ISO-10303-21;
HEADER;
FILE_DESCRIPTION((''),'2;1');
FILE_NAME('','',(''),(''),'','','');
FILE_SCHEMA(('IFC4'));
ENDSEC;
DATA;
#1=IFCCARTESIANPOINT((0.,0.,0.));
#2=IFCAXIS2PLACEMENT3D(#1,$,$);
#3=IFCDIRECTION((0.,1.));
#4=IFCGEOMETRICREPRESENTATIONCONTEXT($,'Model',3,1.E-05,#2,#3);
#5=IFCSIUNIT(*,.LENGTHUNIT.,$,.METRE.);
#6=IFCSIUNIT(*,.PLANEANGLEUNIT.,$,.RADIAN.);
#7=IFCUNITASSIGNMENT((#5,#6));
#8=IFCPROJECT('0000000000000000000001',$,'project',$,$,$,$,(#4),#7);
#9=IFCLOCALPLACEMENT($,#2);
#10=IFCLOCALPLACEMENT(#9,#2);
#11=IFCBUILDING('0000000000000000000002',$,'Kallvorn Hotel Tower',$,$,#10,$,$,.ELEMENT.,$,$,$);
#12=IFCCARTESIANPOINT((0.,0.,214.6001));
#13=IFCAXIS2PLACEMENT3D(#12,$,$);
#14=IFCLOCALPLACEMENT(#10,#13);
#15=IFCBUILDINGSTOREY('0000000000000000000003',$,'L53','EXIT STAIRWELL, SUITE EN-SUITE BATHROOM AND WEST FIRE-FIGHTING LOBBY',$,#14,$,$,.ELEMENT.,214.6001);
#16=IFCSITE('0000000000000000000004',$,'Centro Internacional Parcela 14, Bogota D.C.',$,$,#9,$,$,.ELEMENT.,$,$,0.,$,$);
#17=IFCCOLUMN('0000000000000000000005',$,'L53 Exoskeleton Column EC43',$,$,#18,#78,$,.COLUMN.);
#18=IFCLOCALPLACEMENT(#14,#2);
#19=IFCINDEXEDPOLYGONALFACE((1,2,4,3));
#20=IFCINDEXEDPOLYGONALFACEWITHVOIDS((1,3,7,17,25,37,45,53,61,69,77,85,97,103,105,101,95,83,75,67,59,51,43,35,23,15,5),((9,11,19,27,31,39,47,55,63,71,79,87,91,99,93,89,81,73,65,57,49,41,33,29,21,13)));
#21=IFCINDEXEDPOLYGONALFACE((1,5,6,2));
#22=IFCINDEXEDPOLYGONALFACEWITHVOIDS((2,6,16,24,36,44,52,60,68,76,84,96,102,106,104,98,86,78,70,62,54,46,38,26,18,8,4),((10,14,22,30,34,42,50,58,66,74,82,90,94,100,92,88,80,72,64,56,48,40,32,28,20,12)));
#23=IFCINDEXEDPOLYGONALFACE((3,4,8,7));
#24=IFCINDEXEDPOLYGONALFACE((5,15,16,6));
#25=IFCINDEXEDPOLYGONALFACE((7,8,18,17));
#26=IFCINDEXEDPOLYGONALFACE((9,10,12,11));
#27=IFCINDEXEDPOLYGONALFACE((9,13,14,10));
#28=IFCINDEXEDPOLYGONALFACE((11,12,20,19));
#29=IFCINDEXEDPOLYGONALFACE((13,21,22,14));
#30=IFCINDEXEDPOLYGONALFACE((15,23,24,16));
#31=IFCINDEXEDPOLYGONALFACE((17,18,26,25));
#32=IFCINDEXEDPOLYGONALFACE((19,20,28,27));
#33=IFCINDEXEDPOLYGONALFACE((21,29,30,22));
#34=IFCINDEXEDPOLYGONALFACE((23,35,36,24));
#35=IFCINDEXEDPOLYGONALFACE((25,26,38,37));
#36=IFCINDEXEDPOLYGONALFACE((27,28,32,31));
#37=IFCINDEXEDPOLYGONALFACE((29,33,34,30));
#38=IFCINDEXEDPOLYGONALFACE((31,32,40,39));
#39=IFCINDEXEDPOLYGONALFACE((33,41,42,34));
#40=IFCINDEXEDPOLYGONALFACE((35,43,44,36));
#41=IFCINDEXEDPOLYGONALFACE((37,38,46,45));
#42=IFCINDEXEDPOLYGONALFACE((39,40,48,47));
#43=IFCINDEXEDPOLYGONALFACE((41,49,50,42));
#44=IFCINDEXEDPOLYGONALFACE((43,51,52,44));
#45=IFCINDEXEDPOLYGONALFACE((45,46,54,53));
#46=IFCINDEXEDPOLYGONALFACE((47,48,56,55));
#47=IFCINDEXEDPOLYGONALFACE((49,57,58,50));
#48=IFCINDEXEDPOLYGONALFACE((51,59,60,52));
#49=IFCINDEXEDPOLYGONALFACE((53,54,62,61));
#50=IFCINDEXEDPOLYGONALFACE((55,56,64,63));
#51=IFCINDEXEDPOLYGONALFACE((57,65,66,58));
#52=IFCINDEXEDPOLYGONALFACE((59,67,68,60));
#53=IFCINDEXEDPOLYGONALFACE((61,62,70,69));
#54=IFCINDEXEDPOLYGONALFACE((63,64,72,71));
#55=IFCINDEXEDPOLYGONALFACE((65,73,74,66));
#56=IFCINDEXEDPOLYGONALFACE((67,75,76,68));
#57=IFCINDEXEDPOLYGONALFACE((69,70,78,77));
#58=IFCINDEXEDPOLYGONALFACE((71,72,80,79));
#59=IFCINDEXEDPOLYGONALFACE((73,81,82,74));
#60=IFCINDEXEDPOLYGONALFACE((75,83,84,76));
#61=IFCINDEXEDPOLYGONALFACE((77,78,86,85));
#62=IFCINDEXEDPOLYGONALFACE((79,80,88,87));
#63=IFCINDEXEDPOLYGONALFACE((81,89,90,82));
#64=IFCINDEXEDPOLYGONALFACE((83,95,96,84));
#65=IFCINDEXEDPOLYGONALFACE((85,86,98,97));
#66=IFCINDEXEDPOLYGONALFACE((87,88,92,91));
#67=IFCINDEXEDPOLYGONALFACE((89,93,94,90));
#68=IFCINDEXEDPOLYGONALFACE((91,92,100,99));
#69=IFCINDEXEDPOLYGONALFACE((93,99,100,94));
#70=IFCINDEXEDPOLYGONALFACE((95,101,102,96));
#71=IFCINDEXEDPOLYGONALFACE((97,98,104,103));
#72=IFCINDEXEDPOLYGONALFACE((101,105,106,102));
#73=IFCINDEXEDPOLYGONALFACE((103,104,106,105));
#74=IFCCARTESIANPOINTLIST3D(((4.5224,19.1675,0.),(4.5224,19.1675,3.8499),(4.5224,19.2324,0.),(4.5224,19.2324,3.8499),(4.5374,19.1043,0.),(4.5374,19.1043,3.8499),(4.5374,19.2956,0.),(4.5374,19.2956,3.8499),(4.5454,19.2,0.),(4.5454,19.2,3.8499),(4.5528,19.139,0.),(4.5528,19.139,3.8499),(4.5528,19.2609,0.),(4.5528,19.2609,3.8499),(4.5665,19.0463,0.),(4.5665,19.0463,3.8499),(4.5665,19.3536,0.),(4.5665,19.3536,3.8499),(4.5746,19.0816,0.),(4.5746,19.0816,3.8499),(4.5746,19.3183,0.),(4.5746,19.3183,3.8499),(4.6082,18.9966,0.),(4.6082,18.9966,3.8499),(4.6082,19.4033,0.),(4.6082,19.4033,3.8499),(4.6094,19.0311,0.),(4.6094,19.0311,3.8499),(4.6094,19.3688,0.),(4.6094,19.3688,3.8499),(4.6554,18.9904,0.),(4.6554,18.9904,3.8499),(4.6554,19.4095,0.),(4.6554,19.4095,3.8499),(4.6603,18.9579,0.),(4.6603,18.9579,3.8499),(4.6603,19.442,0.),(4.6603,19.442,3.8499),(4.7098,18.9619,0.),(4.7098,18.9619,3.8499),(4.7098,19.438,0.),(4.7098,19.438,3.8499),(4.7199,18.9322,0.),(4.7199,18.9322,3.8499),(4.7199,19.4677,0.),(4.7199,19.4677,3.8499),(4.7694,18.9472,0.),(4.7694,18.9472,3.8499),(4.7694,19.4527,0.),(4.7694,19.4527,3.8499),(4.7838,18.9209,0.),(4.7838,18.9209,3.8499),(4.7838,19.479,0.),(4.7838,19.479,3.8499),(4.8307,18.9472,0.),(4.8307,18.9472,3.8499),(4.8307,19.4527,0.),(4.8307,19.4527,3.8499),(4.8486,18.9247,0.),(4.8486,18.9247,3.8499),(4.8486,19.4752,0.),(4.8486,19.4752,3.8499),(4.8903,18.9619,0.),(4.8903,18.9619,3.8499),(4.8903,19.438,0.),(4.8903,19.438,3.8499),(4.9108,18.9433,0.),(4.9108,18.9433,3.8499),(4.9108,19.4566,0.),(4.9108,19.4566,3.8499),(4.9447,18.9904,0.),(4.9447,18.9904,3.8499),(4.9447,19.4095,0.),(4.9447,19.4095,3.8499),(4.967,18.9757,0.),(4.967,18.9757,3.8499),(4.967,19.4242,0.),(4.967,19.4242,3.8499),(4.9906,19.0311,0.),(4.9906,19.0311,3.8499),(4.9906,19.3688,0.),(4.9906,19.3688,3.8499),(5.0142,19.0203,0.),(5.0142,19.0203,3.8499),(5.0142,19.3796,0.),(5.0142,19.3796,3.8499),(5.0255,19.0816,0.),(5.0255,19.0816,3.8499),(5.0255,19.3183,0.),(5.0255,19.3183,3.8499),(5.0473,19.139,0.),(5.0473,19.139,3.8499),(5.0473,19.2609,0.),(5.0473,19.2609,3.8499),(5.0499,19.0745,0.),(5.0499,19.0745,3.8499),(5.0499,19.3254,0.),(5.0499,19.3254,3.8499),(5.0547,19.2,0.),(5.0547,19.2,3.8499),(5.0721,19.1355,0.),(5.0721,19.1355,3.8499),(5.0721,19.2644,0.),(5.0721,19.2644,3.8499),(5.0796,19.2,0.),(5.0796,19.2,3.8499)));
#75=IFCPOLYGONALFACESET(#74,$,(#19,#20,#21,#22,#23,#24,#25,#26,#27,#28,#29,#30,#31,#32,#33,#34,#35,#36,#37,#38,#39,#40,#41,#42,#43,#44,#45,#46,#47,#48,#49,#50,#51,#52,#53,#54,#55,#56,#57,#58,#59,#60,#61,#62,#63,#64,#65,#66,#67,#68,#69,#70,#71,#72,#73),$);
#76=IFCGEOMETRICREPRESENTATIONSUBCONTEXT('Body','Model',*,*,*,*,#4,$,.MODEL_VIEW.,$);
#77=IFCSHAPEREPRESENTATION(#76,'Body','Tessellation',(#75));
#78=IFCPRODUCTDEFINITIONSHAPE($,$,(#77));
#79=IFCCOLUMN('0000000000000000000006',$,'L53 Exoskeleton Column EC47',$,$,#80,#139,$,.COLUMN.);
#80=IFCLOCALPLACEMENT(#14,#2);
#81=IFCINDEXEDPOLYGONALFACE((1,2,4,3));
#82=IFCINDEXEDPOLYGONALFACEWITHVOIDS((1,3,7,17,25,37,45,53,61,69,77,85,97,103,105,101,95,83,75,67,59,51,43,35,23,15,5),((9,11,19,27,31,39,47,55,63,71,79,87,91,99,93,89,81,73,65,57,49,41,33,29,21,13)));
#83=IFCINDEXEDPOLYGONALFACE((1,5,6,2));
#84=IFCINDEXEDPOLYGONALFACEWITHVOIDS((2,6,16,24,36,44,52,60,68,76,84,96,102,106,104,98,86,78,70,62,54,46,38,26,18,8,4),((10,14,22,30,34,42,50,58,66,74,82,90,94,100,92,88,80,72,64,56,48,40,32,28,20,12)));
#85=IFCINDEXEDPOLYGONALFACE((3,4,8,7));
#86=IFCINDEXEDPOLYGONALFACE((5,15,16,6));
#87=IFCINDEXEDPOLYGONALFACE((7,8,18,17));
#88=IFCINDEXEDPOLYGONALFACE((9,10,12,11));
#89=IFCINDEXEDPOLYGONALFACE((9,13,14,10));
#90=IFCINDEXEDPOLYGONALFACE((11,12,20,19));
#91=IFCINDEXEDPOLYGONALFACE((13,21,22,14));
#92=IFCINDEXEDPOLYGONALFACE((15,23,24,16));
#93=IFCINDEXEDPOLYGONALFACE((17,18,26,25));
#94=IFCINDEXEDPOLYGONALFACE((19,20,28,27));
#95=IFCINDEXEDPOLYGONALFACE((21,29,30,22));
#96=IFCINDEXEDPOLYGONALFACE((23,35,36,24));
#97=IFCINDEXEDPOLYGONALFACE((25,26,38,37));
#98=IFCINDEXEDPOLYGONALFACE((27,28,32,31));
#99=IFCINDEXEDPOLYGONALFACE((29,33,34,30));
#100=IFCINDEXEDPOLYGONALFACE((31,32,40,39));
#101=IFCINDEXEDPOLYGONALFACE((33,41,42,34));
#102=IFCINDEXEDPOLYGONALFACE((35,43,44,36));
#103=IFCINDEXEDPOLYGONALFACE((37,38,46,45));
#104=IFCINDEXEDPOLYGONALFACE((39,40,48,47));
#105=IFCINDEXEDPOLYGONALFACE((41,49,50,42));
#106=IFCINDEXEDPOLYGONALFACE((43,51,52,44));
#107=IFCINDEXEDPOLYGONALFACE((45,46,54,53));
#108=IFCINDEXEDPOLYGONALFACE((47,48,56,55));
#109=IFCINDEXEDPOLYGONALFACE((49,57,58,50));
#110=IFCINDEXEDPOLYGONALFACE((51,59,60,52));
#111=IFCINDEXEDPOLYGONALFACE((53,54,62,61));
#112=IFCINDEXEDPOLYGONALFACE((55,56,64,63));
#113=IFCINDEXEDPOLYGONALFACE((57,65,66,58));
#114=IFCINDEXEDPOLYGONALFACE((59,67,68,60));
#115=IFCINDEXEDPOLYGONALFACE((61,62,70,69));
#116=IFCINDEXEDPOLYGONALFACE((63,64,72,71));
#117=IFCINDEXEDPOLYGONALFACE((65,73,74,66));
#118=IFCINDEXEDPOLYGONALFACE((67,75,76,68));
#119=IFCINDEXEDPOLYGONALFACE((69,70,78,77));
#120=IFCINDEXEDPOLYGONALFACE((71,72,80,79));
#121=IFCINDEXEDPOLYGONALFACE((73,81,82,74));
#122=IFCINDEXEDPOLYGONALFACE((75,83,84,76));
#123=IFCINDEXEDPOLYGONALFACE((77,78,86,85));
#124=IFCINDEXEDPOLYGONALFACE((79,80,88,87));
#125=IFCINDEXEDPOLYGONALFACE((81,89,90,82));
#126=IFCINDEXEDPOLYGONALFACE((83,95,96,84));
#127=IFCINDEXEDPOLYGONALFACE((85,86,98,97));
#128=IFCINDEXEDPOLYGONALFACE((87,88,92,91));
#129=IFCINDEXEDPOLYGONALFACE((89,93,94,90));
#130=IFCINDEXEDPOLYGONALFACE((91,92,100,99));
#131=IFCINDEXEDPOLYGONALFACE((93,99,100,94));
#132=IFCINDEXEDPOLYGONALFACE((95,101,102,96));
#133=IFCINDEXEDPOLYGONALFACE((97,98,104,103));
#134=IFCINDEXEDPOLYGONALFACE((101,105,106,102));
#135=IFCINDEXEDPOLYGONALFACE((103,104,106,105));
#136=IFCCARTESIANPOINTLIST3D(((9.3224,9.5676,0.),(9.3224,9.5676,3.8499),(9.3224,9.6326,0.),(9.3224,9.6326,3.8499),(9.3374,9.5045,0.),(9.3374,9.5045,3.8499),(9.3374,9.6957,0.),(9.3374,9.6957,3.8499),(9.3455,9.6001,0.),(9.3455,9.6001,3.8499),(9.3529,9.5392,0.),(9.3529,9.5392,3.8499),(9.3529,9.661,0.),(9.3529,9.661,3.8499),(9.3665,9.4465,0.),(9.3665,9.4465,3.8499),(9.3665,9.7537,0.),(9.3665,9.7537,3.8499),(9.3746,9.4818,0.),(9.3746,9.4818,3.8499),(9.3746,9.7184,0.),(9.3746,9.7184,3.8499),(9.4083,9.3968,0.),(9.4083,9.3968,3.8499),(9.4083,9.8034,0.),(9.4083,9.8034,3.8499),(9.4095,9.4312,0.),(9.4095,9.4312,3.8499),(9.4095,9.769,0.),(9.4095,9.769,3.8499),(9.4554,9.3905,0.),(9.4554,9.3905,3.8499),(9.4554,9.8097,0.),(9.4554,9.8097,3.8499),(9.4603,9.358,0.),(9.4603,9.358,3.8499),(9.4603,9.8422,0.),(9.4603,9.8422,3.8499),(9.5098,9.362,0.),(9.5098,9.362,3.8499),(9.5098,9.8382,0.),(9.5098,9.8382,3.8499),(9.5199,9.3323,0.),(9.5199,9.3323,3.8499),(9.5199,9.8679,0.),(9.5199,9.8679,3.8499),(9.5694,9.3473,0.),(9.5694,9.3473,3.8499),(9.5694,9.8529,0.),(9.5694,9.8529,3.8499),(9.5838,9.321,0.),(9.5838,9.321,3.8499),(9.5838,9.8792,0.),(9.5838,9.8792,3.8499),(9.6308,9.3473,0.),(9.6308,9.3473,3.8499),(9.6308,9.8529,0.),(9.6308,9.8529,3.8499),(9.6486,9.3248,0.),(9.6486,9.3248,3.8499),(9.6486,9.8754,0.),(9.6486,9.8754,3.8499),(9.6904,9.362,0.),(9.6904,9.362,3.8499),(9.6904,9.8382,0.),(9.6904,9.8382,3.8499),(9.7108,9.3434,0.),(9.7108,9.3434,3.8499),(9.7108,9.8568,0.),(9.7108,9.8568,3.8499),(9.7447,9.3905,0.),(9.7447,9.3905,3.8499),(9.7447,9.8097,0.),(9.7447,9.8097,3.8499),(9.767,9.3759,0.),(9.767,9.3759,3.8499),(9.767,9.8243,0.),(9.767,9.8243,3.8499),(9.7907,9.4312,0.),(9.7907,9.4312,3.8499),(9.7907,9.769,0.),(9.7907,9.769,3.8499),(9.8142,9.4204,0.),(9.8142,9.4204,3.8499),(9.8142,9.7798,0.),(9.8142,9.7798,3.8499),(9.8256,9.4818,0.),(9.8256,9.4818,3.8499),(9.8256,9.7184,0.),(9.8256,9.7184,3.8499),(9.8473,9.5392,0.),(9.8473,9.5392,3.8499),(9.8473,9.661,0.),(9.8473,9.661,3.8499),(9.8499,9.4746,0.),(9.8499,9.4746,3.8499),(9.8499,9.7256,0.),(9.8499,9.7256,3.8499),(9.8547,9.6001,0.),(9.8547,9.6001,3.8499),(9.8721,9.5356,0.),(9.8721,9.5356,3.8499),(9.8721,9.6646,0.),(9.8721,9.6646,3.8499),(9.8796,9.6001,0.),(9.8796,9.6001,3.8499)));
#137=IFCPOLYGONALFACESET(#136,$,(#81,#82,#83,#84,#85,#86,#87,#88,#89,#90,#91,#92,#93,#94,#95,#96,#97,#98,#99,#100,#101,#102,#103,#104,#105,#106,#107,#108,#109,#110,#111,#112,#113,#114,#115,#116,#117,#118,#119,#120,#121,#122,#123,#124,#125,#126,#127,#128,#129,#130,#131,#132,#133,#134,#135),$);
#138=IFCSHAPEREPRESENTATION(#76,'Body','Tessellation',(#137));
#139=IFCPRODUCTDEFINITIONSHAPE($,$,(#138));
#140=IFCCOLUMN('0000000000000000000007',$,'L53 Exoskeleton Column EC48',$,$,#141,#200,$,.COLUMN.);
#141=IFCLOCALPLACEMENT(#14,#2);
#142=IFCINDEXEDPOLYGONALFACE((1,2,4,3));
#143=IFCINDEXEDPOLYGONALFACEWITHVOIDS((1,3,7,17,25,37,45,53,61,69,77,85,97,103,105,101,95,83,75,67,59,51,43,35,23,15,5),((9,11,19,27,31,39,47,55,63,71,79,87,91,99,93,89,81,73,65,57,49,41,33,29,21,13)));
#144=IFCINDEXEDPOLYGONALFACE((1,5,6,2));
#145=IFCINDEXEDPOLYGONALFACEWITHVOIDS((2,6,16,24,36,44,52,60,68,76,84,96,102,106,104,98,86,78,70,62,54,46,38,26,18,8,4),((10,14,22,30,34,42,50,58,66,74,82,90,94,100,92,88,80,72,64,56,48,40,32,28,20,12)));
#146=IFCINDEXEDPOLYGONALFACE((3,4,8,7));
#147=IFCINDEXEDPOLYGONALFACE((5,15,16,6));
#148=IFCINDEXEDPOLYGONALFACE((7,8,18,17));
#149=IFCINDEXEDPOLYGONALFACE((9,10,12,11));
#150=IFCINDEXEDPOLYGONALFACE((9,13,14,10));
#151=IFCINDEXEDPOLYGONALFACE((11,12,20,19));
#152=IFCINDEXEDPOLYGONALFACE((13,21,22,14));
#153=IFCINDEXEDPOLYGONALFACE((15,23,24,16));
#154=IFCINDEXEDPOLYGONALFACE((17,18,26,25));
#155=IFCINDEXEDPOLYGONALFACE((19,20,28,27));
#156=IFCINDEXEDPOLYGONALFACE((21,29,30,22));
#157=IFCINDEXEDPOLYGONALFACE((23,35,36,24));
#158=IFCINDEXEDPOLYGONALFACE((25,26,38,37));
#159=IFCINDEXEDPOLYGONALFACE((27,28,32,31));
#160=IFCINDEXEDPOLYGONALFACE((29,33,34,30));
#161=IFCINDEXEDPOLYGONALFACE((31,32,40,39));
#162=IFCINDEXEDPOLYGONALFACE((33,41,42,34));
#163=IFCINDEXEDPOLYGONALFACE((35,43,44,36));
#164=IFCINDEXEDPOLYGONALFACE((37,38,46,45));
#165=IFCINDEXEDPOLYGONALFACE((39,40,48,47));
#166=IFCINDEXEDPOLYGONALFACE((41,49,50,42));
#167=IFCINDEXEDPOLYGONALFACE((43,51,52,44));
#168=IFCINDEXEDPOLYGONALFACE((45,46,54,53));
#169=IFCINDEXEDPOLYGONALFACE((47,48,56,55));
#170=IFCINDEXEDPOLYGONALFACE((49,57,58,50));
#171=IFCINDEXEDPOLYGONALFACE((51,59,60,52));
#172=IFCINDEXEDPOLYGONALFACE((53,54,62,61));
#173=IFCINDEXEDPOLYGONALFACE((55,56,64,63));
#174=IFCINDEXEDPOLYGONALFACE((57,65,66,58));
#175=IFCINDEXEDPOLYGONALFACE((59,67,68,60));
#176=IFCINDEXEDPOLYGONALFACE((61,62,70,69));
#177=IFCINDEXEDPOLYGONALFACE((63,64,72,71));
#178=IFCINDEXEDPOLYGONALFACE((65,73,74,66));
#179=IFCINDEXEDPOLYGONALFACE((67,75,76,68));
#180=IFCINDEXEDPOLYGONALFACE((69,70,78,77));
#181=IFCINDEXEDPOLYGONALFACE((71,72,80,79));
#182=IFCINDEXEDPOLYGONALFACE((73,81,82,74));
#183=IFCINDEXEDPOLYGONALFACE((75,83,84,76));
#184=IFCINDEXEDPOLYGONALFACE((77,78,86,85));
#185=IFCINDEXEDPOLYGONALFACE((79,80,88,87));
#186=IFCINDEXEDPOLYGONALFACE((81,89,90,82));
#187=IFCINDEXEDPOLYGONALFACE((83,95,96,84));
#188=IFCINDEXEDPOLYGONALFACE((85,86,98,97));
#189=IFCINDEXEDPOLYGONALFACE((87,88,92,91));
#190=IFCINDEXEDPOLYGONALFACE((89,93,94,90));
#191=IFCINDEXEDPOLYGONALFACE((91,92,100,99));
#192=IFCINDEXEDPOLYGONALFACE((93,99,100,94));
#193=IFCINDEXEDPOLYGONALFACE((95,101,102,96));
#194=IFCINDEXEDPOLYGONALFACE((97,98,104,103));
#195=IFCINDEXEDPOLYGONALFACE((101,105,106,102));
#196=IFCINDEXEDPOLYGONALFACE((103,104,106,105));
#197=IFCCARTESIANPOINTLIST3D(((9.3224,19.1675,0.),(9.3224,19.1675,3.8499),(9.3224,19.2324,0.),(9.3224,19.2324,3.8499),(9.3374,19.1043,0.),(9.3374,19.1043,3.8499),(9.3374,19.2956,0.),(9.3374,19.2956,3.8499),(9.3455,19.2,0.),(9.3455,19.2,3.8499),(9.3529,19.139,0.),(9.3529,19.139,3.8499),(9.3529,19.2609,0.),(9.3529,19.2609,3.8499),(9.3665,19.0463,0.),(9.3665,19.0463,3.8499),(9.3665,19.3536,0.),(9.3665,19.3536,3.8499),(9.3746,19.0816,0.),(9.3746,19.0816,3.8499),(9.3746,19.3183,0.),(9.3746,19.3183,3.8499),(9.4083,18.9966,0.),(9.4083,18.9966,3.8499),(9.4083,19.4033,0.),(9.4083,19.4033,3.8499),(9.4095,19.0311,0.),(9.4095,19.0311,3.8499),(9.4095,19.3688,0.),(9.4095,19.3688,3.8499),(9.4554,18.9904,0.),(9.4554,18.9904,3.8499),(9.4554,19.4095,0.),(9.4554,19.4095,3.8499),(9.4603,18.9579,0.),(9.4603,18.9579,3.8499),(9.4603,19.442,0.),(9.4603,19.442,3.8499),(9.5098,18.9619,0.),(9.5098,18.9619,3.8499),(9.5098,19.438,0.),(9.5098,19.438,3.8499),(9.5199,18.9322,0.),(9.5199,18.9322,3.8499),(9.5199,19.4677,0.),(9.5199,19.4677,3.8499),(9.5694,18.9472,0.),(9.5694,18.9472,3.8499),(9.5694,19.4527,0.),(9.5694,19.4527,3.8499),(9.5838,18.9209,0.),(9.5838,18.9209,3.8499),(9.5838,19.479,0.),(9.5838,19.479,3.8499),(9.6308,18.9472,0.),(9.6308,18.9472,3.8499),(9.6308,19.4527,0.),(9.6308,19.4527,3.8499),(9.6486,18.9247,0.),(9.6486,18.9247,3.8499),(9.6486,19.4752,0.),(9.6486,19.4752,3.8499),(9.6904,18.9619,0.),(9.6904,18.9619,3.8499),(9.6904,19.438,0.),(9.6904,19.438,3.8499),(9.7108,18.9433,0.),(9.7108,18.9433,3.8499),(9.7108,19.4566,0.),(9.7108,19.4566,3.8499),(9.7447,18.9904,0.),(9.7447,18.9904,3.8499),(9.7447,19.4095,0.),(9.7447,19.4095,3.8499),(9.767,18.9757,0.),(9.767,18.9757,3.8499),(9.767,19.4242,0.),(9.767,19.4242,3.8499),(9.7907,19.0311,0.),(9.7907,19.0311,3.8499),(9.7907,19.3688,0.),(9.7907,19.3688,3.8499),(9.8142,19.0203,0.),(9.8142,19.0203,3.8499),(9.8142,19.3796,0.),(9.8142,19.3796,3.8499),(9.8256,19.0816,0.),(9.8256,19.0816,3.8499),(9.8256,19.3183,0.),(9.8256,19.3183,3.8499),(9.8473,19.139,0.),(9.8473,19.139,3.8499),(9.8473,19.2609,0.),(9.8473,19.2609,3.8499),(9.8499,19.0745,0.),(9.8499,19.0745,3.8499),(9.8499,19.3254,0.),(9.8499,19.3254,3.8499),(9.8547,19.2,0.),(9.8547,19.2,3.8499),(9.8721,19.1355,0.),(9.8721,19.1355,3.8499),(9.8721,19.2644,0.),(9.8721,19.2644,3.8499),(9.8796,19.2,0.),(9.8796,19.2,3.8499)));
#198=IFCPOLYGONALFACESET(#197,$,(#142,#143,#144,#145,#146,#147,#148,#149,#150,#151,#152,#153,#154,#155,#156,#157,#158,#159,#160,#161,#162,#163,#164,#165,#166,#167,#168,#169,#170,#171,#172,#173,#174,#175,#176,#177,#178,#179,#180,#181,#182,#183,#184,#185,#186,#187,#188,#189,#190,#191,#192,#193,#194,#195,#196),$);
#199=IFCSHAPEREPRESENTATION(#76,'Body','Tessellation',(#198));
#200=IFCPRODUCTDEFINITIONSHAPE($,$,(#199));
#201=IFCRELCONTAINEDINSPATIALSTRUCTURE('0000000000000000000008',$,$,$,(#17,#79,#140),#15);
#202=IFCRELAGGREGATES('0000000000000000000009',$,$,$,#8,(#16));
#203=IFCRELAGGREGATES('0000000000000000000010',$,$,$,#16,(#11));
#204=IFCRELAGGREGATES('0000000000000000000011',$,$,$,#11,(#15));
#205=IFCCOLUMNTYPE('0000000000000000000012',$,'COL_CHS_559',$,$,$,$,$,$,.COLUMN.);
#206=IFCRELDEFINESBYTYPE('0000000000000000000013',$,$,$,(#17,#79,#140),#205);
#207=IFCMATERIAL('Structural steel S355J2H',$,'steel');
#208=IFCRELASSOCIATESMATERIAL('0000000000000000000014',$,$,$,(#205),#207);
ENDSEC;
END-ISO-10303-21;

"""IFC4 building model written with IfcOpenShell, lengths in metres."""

from ifc_helpers import new_model, si_unit, direction, frame, origin, origin_2d, place, context, subcontext, project, spatial, hollow_circle, extrude, material, material_profile, profile_set, type_object, element, save


model = new_model("IFC4")

# Units and contexts
model_context = context("Model", 3, precision=1e-05, world=origin(), true_north=direction((0.0, 1.0)))
body_context = subcontext(model_context, "Body", "Model", "MODEL_VIEW")
ifc_project = project(units=[si_unit("LENGTHUNIT", "METRE"), si_unit("PLANEANGLEUNIT", "RADIAN")], contexts=[model_context])

# Site, building, storey
site_placement = place(None, origin())
site = spatial("IfcSite", under=ifc_project, at=site_placement, Name="Centro Internacional Parcela 14, Bogota D.C.", CompositionType="ELEMENT", RefElevation=0.0)
building_placement = place(site_placement, origin())
building = spatial("IfcBuilding", under=site, at=building_placement, Name="Kallvorn Hotel Tower", CompositionType="ELEMENT")
storey_placement = place(building_placement, frame((0.0, 0.0, 214.6001)))
storey = spatial("IfcBuildingStorey", under=building, at=storey_placement, Name="L53", Description="EXIT STAIRWELL, SUITE EN-SUITE BATHROOM AND WEST FIRE-FIGHTING LOBBY", CompositionType="ELEMENT", Elevation=214.6001)

# Columns
ifc_material_1 = material(Name="Structural steel S355J2H", Category="steel")
ifc_material_profile_1 = material_profile(ifc_material_1, hollow_circle(Radius=0.2795, WallThickness=0.0249, at=origin_2d()), Name="CHS 559x25")
ifc_profile_set_1 = profile_set([ifc_material_profile_1], Name="Structural steel S355J2H")
column_type_1 = type_object("IfcColumnType", Name="COL_CHS_559", PredefinedType="COLUMN", material=ifc_profile_set_1)
for number, where, z_axis, x_axis, name in (
    (1, (4.8, 19.2, 0.0), (0.0, 0.0, 1.0), (1.0, 0.0, 0.0), "L53 Exoskeleton Column EC43"),
    (2, (9.6001, 9.6001, 0.0), (0.0, 0.0, 1.0), (1.0, 0.0, 0.0), "L53 Exoskeleton Column EC47"),
    (3, (9.6001, 19.2, 0.0), (0.0, 0.0, 1.0), (1.0, 0.0, 0.0), "L53 Exoskeleton Column EC48"),
):
    element("IfcColumn", number, at=place(storey_placement, frame(where, z_axis=z_axis, x_axis=x_axis)), inside=storey, type_object=column_type_1, Name=name, PredefinedType="COLUMN", context=body_context, shape_type="SweptSolid", body=[
        extrude(hollow_circle(Radius=0.2795, WallThickness=0.0249, at=origin_2d()), origin(), (0.0, 0.0, 1.0), 3.8499),
    ])

save(model, "model.ifc")
